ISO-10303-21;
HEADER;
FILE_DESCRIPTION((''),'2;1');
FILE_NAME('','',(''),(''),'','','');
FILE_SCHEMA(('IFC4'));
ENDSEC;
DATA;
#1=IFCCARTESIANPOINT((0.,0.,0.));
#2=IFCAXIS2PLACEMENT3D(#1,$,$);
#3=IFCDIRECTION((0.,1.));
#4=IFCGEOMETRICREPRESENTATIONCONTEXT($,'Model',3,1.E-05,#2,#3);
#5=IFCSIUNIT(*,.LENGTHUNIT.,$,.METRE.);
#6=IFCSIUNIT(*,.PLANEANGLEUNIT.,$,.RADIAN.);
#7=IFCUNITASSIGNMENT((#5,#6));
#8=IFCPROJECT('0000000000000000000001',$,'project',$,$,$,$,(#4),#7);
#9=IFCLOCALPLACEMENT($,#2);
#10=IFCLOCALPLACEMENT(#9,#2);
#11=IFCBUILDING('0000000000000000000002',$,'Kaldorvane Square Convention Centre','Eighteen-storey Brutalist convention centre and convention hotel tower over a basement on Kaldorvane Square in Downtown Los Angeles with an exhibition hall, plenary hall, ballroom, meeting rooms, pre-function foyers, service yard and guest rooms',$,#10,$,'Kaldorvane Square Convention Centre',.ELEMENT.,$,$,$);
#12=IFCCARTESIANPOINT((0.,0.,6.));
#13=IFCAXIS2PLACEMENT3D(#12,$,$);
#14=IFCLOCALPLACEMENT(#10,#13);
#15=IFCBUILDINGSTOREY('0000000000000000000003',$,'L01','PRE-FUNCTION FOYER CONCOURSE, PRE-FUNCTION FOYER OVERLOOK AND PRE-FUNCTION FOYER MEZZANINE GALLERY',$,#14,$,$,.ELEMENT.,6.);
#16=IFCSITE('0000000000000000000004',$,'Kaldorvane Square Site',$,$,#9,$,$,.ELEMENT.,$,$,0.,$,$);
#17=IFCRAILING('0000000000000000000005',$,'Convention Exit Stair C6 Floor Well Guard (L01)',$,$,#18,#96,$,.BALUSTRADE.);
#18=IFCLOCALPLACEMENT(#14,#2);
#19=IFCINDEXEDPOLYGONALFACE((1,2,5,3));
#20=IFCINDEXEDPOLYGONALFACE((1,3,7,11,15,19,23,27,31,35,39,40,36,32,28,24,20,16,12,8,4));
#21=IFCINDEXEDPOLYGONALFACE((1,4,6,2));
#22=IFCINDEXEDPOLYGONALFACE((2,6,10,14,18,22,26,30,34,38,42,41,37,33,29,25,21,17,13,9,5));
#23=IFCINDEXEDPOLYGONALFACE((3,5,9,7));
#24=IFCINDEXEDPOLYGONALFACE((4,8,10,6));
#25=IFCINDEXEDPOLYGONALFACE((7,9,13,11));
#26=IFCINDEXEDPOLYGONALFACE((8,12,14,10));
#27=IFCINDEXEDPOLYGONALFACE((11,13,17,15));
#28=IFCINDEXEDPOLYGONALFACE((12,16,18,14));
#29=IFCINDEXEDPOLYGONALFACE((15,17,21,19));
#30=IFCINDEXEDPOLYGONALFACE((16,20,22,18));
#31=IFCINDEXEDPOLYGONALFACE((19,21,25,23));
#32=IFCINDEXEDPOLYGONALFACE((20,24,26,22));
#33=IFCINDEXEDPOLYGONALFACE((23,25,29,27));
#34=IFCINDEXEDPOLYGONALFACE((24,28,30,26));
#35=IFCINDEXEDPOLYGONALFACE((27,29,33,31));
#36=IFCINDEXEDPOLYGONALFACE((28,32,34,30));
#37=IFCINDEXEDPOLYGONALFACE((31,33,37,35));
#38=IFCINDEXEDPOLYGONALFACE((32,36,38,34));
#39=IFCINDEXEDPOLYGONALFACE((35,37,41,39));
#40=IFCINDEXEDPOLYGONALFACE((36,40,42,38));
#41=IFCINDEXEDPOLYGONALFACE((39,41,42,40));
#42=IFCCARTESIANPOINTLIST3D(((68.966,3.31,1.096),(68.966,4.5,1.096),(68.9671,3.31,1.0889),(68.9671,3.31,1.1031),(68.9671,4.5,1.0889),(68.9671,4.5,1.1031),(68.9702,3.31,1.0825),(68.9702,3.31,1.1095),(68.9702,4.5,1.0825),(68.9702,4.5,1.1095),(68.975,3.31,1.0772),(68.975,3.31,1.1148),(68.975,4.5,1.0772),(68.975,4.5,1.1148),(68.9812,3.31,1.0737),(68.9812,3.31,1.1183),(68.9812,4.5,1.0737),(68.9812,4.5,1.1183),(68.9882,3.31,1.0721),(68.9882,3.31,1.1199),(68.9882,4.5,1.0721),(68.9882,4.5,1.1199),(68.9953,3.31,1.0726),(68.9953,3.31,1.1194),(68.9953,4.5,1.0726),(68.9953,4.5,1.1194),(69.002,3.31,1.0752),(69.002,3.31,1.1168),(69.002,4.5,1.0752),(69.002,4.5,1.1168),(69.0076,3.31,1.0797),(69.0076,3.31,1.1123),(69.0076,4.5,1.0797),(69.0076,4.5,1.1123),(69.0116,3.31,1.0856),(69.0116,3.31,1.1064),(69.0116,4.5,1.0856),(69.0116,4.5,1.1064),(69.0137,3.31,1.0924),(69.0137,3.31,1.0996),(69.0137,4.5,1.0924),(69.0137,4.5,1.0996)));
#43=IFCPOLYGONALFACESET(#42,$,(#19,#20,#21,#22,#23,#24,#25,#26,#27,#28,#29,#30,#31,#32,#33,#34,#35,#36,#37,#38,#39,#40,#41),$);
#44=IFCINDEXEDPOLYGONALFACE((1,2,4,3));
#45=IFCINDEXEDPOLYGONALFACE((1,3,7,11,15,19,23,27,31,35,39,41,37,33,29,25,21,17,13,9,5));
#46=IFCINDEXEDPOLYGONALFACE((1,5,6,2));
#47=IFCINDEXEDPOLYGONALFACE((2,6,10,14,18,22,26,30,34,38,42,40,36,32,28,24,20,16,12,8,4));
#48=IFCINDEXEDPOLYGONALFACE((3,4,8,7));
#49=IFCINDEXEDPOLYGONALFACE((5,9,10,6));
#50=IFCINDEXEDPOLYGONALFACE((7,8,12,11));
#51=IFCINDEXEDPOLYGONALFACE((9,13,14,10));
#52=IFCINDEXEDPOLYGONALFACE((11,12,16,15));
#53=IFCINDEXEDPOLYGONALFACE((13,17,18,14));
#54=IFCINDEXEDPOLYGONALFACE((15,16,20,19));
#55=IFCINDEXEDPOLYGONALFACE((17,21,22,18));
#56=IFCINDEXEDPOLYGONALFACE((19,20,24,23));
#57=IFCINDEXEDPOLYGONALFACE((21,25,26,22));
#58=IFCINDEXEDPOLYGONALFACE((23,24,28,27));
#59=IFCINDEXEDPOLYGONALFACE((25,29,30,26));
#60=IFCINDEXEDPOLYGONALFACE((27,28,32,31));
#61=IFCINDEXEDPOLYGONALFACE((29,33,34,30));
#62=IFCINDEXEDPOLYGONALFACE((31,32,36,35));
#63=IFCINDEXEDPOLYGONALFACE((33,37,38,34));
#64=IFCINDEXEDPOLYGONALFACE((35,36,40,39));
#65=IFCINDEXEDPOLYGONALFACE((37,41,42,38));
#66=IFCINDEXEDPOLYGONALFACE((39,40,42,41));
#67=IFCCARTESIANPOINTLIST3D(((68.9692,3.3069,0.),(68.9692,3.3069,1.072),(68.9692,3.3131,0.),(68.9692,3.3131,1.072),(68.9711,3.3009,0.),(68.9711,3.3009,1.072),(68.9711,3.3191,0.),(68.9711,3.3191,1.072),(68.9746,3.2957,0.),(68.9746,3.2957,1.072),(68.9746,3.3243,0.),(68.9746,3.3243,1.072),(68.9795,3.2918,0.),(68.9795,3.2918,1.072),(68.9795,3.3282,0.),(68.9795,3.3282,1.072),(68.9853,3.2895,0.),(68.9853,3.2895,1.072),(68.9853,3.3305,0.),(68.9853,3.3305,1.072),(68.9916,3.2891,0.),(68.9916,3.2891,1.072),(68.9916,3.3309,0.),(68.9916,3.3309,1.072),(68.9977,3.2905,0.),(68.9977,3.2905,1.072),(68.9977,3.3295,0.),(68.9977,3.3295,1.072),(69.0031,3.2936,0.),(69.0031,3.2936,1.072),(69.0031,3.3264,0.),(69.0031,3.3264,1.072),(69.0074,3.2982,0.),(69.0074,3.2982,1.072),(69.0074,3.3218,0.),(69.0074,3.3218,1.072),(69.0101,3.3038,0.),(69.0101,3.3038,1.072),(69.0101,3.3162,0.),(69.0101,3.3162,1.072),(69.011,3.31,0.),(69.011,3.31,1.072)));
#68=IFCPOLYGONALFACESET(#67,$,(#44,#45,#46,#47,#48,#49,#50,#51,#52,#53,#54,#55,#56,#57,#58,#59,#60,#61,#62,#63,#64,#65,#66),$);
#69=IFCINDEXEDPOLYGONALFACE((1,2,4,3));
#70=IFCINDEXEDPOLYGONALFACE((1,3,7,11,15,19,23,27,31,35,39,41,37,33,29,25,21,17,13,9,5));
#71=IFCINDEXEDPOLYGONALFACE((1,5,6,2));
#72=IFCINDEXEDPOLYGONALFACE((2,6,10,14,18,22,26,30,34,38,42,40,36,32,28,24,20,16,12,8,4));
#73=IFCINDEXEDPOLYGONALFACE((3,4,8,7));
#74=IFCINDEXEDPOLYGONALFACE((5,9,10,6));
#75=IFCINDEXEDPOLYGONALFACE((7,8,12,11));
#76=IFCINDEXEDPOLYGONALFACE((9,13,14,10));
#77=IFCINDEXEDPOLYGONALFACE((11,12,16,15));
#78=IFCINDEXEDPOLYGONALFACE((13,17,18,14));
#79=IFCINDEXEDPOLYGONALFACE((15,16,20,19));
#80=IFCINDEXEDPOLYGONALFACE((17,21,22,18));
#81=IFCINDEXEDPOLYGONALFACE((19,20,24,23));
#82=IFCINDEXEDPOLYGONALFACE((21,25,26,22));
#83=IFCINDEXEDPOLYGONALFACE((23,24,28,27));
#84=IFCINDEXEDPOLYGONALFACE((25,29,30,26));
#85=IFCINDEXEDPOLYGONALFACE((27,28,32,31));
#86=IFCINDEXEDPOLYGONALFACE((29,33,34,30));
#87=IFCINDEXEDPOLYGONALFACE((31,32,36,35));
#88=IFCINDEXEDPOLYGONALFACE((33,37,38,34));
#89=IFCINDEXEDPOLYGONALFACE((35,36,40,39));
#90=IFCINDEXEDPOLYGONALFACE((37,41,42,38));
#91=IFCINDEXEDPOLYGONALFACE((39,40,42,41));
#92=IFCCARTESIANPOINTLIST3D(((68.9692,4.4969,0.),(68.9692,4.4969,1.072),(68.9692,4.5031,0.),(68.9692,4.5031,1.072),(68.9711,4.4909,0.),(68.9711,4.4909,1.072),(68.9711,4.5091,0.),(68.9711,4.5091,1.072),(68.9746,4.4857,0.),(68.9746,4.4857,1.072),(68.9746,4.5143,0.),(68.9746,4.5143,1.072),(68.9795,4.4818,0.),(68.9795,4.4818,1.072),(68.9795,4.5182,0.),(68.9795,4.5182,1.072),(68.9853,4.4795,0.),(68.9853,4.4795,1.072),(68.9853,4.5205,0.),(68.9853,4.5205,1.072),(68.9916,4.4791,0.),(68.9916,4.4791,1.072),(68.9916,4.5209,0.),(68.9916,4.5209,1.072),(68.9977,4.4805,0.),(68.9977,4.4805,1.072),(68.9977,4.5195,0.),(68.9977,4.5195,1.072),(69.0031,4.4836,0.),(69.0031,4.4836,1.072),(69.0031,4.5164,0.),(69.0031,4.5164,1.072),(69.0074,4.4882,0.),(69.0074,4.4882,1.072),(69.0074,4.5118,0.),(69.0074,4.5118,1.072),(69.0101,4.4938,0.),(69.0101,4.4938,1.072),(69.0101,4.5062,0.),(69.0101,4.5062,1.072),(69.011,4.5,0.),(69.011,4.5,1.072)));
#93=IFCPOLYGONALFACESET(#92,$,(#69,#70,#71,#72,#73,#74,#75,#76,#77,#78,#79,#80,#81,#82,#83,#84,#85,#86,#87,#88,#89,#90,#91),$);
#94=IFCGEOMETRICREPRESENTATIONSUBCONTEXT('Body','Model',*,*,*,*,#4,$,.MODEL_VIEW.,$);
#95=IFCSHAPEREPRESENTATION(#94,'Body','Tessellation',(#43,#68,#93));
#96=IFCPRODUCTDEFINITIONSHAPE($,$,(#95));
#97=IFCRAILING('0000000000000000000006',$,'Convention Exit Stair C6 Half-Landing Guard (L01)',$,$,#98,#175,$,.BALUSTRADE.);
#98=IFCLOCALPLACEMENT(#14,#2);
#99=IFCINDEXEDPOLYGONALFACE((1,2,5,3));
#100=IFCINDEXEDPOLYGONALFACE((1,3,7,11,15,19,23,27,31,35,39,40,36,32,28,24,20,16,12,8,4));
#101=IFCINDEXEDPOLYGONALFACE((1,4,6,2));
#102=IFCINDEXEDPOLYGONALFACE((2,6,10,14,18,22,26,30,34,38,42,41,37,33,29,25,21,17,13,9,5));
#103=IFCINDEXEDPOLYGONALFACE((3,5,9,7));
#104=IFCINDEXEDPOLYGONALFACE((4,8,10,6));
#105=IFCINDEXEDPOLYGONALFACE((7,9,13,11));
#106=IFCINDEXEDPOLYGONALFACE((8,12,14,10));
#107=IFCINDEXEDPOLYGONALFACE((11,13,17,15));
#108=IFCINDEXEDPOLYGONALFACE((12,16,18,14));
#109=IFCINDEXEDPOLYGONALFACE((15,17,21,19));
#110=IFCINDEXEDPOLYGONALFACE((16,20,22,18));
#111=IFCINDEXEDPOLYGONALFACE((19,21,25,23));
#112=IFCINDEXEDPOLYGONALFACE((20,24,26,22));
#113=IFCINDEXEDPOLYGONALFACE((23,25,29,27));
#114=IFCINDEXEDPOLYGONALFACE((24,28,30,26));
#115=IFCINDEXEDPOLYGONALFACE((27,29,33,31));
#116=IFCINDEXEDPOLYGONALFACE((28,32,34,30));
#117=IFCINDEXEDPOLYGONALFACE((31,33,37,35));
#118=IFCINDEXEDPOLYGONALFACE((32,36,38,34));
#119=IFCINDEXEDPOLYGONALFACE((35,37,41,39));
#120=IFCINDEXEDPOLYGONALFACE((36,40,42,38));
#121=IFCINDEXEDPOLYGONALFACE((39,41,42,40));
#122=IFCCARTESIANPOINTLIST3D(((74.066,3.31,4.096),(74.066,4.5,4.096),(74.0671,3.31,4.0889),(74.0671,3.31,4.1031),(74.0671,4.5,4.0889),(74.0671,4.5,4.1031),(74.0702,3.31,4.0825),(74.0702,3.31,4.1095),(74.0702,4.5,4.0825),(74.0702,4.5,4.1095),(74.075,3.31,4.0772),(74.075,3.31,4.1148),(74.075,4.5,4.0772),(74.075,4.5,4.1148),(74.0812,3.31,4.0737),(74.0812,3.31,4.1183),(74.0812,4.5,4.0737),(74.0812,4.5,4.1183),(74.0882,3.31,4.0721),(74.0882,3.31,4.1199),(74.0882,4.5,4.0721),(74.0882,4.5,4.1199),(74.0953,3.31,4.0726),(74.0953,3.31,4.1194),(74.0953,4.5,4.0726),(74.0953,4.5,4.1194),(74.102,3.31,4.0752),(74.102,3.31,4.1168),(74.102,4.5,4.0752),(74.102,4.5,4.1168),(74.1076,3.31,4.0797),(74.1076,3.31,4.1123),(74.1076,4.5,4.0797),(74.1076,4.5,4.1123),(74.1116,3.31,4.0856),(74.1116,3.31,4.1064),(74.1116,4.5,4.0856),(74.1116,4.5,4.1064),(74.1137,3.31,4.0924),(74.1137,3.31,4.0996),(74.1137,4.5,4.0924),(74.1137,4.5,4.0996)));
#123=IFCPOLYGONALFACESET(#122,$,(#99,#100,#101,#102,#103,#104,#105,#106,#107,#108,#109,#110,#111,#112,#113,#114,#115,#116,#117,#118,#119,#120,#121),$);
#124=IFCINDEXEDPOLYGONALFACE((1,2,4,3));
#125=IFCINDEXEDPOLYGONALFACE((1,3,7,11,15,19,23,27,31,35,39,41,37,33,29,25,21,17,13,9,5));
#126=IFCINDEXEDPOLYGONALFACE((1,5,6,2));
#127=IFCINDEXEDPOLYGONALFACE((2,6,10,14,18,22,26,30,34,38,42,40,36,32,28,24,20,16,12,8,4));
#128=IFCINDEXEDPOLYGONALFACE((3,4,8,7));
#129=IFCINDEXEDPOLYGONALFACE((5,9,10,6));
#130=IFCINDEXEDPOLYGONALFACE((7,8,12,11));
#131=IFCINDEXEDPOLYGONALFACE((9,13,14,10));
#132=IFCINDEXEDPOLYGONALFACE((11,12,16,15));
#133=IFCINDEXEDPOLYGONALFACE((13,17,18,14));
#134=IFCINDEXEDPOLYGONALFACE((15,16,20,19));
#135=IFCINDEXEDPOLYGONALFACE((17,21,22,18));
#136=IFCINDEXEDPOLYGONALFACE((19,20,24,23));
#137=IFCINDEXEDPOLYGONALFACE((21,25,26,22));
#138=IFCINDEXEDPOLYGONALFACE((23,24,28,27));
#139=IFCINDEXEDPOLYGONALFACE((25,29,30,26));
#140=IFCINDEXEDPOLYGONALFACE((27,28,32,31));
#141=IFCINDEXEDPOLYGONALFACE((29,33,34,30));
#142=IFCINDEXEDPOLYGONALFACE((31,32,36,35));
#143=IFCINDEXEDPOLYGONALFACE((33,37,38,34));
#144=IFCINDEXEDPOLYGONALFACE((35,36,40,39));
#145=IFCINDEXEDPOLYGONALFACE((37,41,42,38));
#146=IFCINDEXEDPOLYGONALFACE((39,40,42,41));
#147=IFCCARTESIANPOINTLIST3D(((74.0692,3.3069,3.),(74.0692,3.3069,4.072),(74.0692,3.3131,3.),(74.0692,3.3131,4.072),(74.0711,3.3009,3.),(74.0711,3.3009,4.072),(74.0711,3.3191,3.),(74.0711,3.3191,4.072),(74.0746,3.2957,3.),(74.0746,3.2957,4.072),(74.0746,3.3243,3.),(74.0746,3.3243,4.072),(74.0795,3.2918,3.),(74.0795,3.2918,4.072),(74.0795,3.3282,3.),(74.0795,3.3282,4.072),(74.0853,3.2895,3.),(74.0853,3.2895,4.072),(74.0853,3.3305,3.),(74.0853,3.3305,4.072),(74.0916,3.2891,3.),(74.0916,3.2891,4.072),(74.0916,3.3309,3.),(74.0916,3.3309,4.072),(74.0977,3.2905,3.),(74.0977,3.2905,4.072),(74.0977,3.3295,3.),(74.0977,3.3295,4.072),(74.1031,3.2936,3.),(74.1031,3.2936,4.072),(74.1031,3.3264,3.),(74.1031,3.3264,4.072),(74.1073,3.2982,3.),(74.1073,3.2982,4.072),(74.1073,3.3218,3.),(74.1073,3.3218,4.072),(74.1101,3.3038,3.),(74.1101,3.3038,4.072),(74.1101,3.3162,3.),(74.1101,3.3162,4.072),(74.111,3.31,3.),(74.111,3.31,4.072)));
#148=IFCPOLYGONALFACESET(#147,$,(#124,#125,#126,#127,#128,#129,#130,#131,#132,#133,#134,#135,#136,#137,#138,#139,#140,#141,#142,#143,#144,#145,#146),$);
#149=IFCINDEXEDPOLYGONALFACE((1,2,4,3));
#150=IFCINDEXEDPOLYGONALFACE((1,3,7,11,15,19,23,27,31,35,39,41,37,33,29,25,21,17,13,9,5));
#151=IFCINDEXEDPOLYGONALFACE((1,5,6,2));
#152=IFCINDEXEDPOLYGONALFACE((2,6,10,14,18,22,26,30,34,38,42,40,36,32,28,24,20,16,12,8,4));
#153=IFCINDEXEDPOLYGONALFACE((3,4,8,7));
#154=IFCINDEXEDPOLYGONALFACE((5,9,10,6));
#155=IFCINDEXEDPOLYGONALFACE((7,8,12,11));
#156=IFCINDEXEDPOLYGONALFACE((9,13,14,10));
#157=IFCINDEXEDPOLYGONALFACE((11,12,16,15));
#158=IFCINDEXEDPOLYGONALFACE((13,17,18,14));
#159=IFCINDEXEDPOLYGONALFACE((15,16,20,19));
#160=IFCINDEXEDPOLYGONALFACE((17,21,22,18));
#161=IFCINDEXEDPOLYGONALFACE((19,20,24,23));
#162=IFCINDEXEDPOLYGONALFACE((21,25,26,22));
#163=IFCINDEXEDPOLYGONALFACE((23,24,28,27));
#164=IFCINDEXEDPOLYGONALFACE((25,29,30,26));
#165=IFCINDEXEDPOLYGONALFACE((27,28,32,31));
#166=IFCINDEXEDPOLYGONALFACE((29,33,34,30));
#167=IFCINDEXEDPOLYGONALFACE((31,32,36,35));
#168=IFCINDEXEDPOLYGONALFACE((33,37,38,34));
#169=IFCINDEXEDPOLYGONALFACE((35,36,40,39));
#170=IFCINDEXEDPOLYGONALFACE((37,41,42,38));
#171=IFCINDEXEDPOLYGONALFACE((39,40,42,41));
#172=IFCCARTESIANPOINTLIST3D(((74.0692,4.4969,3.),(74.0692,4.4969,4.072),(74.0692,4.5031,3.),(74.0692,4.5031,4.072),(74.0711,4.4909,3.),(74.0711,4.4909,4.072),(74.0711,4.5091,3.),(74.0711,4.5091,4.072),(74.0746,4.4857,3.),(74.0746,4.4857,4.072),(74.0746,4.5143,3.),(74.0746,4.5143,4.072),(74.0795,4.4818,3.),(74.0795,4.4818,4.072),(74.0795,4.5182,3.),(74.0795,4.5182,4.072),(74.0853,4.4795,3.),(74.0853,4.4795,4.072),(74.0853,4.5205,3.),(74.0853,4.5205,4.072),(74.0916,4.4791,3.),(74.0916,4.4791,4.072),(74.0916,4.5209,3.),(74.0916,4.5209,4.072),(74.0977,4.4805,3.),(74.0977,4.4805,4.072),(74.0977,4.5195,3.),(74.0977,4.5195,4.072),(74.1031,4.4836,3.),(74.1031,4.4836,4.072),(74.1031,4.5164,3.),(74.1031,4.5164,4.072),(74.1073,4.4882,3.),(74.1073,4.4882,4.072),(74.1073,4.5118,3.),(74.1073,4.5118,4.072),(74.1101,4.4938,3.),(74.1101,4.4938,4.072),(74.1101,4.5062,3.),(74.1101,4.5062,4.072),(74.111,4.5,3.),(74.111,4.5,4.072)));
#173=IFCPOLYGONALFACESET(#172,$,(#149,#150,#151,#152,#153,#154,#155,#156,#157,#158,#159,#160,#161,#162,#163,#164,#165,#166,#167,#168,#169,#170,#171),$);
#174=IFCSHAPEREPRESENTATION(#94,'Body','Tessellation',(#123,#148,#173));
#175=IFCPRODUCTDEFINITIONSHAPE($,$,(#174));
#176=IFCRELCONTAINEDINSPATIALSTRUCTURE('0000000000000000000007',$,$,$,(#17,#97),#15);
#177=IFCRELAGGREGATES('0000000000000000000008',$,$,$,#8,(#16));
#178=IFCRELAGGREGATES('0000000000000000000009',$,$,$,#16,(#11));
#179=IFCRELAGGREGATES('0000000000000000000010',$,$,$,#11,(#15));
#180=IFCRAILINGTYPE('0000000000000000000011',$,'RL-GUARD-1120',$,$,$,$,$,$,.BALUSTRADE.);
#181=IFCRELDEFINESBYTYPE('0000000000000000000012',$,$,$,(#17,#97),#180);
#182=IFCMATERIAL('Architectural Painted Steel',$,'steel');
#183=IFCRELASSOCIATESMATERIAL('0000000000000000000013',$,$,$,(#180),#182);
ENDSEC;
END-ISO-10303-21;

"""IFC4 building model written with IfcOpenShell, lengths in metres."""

from ifc_helpers import new_model, si_unit, direction, frame, origin, origin_2d, place, context, subcontext, project, spatial, circle, extrude, material, type_object, element, save


model = new_model("IFC4")

# Units and contexts
model_context = context("Model", 3, precision=1e-05, world=origin(), true_north=direction((0.0, 1.0)))
body_context = subcontext(model_context, "Body", "Model", "MODEL_VIEW")
ifc_project = project(units=[si_unit("LENGTHUNIT", "METRE"), si_unit("PLANEANGLEUNIT", "RADIAN")], contexts=[model_context])

# Site, building, storey
site_placement = place(None, origin())
site = spatial("IfcSite", under=ifc_project, at=site_placement, Name="Kaldorvane Square Site", CompositionType="ELEMENT", RefElevation=0.0)
building_placement = place(site_placement, origin())
building = spatial("IfcBuilding", under=site, at=building_placement, Name="Kaldorvane Square Convention Centre", Description="Eighteen-storey Brutalist convention centre and convention hotel tower over a basement on Kaldorvane Square in Downtown Los Angeles with an exhibition hall, plenary hall, ballroom, meeting rooms, pre-function foyers, service yard and guest rooms", LongName="Kaldorvane Square Convention Centre", CompositionType="ELEMENT")
storey_placement = place(building_placement, frame((0.0, 0.0, 6.0)))
storey = spatial("IfcBuildingStorey", under=building, at=storey_placement, Name="L01", Description="PRE-FUNCTION FOYER CONCOURSE, PRE-FUNCTION FOYER OVERLOOK AND PRE-FUNCTION FOYER MEZZANINE GALLERY", CompositionType="ELEMENT", Elevation=6.0)

# Railings
ifc_material_1 = material(Name="Architectural Painted Steel", Category="steel")
railing_type_1 = type_object("IfcRailingType", Name="RL-GUARD-1120", PredefinedType="BALUSTRADE", material=ifc_material_1)
for number, where, name in (
    (1, (68.99, 3.31, 0.0), "Convention Exit Stair C6 Floor Well Guard (L01)"),
    (2, (74.09, 3.31, 3.0), "Convention Exit Stair C6 Half-Landing Guard (L01)"),
):
    element("IfcRailing", number, at=place(storey_placement, frame(where)), inside=storey, type_object=railing_type_1, Name=name, PredefinedType="BALUSTRADE", context=body_context, shape_type="SweptSolid", body=[
        extrude(circle(Radius=0.024, at=origin_2d()), frame((0.0, 0.0, 1.096), z_axis=(0.0, 1.0, 0.0), x_axis=(-1.0, 0.0, 0.0)), (0.0, 0.0, 1.0), 1.19),
        extrude(circle(Radius=0.021, at=origin_2d()), origin(), (0.0, 0.0, 1.0), 1.072),
        extrude(circle(Radius=0.021, at=origin_2d()), frame((0.0, 1.19, 0.0)), (0.0, 0.0, 1.0), 1.072),
    ])

save(model, "model.ifc")
